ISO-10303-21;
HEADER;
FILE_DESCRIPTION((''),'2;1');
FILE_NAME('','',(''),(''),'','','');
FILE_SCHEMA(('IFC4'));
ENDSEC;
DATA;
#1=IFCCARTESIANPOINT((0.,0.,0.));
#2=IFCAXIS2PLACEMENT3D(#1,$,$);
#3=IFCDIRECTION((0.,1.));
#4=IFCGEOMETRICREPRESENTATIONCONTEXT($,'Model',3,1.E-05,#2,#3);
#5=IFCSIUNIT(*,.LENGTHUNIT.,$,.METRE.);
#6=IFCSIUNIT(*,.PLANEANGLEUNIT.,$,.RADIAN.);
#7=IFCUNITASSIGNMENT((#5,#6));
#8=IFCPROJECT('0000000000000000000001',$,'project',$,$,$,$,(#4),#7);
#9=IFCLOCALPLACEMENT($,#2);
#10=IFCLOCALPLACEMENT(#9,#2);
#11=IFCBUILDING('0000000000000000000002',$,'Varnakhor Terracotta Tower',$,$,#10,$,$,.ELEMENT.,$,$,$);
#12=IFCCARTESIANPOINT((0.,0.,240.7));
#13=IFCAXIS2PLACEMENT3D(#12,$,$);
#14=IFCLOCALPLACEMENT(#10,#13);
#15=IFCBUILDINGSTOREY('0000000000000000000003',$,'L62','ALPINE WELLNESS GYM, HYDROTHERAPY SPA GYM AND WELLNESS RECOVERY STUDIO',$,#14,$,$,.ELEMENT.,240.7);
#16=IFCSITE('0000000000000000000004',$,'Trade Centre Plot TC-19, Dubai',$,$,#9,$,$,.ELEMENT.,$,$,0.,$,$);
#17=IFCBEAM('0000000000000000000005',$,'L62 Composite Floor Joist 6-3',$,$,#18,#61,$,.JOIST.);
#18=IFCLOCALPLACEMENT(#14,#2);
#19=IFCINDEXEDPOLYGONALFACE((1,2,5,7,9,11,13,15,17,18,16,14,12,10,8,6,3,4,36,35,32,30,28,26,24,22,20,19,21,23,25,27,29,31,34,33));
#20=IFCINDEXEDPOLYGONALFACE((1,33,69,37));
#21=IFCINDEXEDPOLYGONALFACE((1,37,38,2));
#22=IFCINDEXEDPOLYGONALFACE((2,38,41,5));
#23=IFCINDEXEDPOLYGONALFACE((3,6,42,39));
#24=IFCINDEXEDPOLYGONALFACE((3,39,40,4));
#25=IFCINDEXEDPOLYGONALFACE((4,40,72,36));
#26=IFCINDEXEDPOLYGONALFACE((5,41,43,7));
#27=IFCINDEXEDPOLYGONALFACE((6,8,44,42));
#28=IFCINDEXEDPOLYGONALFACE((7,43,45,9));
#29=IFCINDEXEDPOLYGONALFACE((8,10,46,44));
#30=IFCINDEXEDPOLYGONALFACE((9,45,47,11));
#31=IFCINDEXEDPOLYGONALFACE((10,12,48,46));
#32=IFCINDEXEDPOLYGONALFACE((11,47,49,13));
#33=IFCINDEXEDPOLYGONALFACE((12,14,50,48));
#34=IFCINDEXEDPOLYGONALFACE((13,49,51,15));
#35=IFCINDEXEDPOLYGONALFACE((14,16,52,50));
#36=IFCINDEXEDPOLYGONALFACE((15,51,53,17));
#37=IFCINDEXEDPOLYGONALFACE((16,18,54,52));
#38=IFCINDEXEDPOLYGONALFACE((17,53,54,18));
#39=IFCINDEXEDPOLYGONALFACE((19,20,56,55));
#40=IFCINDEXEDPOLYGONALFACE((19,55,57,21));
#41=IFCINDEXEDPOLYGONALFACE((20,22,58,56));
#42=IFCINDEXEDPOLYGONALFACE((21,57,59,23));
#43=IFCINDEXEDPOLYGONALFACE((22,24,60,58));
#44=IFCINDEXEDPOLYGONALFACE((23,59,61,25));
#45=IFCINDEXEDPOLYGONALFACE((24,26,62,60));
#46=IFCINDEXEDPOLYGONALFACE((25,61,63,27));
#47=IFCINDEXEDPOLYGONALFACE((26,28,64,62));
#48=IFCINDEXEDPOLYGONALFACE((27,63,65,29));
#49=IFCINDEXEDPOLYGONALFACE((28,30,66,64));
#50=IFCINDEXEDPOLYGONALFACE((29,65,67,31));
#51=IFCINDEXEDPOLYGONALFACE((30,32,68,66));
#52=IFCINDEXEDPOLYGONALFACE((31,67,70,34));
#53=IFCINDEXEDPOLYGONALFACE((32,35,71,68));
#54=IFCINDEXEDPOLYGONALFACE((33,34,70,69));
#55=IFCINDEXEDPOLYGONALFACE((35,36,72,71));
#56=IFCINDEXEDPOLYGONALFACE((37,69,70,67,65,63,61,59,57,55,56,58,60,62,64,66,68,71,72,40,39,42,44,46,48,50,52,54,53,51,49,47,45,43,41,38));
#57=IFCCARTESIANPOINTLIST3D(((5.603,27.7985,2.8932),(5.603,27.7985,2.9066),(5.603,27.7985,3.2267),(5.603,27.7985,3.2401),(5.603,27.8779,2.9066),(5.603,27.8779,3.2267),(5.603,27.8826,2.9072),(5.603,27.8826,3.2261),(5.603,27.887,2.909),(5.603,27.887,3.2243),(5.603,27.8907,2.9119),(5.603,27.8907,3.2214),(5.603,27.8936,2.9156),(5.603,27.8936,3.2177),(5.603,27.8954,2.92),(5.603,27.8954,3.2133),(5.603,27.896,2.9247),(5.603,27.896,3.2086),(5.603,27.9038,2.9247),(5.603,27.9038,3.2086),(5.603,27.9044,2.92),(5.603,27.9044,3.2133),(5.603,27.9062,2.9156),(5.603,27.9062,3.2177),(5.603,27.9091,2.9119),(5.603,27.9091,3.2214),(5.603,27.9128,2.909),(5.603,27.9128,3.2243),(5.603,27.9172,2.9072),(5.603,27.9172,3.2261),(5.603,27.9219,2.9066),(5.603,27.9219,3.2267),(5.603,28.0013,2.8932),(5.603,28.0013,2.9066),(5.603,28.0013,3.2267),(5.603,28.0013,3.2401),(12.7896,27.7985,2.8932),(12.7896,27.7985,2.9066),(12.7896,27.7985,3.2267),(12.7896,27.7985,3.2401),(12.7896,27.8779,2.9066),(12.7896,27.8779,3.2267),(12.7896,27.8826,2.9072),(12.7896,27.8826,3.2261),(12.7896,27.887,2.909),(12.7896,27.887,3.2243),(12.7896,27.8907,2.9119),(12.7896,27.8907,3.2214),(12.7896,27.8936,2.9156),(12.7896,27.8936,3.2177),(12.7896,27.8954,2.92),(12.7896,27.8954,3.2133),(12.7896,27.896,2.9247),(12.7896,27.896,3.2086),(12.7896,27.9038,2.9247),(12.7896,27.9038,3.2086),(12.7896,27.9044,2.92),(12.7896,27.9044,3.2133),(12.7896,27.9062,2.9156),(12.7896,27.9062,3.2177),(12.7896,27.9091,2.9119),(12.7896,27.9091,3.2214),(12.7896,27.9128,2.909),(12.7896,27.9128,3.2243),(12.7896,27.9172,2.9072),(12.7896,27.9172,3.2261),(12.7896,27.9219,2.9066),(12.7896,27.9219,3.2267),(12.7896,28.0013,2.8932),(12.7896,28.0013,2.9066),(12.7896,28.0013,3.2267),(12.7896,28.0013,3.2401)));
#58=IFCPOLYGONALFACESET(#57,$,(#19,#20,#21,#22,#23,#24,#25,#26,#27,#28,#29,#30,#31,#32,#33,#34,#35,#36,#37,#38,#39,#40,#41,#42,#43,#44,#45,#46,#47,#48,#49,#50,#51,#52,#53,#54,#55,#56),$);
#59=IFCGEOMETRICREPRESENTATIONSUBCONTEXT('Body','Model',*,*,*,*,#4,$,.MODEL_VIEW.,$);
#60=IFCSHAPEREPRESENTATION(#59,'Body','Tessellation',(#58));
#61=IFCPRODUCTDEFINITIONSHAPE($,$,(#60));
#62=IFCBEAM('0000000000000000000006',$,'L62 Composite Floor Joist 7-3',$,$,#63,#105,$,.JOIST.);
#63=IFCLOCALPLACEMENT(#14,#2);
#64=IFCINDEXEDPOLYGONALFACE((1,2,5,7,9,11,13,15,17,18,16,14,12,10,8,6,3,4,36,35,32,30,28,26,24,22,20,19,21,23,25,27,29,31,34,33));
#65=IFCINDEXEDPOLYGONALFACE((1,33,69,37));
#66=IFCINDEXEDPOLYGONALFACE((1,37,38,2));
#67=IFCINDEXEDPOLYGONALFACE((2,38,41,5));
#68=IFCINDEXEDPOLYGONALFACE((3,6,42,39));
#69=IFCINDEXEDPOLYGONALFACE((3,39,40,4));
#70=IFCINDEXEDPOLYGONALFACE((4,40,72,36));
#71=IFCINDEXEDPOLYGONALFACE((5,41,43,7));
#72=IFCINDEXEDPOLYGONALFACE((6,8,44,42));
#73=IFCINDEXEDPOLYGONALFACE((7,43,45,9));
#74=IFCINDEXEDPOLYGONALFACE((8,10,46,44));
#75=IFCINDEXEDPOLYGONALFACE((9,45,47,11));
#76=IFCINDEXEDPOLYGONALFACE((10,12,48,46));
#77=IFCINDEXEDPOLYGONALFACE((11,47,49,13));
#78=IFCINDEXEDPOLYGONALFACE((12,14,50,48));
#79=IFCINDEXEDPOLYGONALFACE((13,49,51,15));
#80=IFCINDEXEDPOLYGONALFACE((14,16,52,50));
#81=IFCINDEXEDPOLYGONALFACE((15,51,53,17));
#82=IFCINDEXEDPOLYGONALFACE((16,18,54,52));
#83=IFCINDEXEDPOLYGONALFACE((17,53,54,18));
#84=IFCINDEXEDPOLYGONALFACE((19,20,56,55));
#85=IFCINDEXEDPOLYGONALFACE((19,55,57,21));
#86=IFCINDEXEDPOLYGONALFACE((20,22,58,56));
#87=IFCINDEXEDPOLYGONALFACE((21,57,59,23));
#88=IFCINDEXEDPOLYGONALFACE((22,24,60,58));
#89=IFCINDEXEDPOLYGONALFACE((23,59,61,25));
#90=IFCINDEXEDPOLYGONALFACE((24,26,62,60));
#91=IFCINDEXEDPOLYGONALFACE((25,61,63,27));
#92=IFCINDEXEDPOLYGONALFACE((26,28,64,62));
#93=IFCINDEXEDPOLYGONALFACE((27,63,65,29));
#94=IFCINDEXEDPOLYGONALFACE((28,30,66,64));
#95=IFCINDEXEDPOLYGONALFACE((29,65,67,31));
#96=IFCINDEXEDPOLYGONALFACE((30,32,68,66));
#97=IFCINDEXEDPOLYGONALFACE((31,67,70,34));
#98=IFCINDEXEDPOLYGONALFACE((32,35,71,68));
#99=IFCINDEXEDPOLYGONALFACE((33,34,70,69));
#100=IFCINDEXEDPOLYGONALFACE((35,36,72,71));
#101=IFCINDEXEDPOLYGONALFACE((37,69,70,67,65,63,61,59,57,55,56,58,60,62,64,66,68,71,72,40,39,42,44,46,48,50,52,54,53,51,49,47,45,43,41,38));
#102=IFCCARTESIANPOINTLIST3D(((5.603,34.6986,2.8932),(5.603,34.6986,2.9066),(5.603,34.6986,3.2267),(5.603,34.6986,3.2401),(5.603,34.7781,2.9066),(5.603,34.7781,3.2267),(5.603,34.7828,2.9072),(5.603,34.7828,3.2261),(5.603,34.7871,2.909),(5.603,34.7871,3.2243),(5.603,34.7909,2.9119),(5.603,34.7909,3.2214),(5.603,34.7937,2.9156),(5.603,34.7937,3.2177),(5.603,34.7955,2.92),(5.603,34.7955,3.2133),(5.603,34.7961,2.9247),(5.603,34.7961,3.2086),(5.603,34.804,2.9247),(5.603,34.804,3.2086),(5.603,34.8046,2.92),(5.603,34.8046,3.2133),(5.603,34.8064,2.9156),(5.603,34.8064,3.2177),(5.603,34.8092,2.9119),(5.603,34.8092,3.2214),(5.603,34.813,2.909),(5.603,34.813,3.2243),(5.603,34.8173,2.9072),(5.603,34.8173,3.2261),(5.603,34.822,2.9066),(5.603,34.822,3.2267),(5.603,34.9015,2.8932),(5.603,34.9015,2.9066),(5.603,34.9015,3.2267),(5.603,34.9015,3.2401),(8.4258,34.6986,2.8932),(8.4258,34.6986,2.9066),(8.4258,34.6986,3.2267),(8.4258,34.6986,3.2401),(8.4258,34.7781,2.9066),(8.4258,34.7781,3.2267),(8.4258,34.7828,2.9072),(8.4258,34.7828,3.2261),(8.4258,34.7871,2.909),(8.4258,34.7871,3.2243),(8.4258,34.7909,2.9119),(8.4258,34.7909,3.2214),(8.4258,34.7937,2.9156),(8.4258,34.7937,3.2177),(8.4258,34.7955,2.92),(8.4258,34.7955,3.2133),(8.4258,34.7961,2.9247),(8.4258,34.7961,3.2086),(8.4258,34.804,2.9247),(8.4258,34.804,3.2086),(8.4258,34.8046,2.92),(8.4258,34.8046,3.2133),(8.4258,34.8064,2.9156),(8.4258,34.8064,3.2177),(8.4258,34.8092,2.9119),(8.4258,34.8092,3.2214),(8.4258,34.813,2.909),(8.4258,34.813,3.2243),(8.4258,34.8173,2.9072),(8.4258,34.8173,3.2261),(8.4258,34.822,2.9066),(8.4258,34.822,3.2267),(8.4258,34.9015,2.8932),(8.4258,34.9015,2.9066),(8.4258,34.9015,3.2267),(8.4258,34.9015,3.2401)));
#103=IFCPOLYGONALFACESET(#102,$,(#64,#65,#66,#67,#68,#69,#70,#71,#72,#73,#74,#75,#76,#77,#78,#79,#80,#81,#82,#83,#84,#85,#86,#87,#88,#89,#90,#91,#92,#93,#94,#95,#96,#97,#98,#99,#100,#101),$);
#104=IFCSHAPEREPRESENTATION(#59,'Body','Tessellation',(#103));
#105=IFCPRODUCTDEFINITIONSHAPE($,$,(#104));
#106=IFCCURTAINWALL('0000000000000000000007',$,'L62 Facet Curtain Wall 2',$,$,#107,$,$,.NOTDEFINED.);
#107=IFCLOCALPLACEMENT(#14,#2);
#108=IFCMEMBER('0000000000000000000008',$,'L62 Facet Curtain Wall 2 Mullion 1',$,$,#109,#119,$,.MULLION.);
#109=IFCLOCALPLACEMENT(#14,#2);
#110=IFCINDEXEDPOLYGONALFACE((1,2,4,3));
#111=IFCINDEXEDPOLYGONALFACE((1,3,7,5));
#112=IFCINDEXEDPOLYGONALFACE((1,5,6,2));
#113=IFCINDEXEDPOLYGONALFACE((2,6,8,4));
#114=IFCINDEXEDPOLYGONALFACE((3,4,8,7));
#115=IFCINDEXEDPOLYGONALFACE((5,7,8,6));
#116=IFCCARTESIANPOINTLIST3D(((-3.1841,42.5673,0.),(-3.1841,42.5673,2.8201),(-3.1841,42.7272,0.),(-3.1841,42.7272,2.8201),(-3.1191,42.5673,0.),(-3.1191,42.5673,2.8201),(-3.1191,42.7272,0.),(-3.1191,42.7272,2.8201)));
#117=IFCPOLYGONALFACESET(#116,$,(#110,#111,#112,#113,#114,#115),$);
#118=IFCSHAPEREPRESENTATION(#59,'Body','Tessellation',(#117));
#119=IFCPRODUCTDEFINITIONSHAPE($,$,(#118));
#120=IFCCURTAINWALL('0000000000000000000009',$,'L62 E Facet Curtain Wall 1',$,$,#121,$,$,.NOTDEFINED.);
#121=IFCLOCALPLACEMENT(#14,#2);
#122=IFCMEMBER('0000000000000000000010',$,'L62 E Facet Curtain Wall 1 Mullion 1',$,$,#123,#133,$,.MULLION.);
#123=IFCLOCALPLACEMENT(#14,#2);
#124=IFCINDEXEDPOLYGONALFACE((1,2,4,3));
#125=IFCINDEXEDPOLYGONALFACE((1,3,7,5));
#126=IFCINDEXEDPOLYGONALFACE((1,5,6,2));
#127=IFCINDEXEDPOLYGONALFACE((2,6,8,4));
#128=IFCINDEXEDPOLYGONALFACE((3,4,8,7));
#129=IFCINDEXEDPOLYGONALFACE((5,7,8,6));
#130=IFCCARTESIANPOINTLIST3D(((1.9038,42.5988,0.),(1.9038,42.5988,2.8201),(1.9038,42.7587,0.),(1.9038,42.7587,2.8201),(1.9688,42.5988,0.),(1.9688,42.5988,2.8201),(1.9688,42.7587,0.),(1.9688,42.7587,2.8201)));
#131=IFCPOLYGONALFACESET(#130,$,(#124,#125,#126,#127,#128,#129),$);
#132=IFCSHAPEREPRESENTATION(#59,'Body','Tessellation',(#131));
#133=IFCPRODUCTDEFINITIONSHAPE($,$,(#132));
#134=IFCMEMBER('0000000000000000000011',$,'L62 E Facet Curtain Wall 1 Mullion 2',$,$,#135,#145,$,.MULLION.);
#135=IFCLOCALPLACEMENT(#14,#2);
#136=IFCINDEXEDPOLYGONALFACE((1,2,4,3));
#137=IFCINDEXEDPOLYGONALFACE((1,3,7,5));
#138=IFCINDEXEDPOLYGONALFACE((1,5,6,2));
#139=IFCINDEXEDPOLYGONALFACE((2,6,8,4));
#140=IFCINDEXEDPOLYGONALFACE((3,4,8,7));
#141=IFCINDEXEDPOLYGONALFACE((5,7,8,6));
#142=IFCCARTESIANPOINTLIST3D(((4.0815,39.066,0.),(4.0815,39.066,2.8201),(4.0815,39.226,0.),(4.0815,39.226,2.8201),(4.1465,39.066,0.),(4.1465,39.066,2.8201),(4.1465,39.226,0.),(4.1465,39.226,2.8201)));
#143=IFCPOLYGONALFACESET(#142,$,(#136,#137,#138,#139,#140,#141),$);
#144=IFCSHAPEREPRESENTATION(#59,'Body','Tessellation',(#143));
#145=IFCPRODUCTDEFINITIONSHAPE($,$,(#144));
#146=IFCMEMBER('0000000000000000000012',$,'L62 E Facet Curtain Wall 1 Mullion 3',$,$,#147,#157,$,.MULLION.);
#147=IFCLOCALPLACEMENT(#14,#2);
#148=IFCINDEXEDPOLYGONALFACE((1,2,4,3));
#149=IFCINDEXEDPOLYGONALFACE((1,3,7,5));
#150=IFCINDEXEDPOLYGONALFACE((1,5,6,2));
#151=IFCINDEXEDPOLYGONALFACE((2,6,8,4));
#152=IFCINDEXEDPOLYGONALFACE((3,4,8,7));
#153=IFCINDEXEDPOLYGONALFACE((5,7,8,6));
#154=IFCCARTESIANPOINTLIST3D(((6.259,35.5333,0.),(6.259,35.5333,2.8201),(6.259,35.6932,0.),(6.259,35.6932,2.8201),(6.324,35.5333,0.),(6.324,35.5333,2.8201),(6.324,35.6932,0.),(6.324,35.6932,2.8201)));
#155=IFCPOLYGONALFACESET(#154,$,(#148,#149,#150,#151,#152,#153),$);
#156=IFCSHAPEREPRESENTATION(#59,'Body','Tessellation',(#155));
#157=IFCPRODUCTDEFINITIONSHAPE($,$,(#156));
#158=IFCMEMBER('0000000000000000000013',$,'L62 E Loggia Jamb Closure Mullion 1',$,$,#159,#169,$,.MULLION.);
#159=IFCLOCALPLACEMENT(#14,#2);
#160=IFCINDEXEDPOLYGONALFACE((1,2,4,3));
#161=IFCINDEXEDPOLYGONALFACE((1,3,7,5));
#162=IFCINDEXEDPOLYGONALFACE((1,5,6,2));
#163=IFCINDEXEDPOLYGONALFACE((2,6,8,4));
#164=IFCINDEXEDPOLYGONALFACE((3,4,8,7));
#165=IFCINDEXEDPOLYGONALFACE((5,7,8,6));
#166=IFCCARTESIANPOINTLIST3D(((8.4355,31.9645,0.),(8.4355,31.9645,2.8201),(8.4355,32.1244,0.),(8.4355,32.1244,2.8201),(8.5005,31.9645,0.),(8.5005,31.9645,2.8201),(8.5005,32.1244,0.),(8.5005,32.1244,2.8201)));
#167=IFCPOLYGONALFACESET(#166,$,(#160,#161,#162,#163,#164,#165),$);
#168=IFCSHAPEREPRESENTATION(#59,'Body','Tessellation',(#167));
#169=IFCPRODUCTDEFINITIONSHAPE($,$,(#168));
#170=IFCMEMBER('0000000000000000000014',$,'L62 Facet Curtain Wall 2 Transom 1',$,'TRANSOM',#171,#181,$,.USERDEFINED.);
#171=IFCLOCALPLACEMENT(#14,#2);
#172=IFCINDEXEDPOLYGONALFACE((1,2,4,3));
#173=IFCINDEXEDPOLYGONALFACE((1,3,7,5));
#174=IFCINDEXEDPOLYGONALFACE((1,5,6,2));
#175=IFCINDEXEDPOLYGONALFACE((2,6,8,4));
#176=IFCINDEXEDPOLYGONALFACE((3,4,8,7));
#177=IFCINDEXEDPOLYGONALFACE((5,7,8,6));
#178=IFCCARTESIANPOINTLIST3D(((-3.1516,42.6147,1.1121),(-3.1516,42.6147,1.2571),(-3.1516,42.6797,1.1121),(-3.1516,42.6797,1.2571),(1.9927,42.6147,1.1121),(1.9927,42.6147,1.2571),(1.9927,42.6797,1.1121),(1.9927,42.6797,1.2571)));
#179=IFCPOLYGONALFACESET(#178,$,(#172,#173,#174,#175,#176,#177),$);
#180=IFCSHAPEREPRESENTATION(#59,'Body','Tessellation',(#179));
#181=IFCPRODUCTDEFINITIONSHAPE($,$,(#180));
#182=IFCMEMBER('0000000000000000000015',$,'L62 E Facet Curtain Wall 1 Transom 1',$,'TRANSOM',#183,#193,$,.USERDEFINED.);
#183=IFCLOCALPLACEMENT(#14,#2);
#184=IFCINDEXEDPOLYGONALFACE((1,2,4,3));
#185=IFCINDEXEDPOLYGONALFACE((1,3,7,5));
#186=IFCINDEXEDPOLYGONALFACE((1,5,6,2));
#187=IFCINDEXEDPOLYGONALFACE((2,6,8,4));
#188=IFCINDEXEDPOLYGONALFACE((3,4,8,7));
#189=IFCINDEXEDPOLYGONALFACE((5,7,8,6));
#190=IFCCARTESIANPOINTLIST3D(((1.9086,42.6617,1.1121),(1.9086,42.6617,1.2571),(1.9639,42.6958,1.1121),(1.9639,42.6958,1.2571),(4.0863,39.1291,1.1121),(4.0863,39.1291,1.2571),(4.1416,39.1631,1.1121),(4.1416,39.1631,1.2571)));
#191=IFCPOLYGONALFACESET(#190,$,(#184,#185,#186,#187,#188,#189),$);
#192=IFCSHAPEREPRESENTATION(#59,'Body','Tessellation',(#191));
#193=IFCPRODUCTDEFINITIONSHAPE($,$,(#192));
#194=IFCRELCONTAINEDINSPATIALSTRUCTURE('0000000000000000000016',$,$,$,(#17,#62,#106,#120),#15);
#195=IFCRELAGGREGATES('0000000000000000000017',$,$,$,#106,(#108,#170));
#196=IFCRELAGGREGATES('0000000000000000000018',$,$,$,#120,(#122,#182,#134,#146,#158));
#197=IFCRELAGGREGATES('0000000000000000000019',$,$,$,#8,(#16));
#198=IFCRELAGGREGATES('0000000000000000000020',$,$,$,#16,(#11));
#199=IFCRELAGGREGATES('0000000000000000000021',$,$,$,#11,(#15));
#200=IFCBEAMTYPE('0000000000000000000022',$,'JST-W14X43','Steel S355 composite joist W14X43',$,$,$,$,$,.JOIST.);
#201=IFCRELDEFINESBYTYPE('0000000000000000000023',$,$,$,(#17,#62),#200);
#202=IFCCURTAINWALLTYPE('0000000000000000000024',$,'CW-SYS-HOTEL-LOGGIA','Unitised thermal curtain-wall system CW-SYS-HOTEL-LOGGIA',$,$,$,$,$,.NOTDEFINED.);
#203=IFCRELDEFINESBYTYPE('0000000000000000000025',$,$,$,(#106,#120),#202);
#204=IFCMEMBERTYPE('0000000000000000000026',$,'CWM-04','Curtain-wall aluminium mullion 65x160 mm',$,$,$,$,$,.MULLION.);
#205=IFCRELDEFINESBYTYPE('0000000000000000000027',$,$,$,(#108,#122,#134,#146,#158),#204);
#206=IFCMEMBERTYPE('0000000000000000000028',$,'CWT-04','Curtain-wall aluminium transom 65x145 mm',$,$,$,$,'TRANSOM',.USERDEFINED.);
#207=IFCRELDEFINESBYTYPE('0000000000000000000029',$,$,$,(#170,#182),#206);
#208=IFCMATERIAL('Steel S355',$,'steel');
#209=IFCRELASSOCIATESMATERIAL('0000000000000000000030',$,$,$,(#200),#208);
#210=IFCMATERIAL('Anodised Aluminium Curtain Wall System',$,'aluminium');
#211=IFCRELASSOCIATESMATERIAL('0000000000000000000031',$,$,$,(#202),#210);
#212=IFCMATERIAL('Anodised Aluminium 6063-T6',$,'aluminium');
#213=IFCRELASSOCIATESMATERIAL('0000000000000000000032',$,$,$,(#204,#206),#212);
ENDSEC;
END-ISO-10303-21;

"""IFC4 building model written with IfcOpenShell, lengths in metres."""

from ifc_helpers import new_model, si_unit, direction, frame, origin, origin_2d, place, context, subcontext, project, spatial, rectangle, i_section, extrude, source, transform, mapped, material, material_profile, profile_set, type_object, type_shapes, element, aggregate, save


model = new_model("IFC4")

# Units and contexts
model_context = context("Model", 3, precision=1e-05, world=origin(), true_north=direction((0.0, 1.0)))
body_context = subcontext(model_context, "Body", "Model", "MODEL_VIEW")
ifc_project = project(units=[si_unit("LENGTHUNIT", "METRE"), si_unit("PLANEANGLEUNIT", "RADIAN")], contexts=[model_context])

# Site, building, storey
site_placement = place(None, origin())
site = spatial("IfcSite", under=ifc_project, at=site_placement, Name="Trade Centre Plot TC-19, Dubai", CompositionType="ELEMENT", RefElevation=0.0)
building_placement = place(site_placement, origin())
building = spatial("IfcBuilding", under=site, at=building_placement, Name="Varnakhor Terracotta Tower", CompositionType="ELEMENT")
storey_placement = place(building_placement, frame((0.0, 0.0, 240.7)))
storey = spatial("IfcBuildingStorey", under=building, at=storey_placement, Name="L62", Description="ALPINE WELLNESS GYM, HYDROTHERAPY SPA GYM AND WELLNESS RECOVERY STUDIO", CompositionType="ELEMENT", Elevation=240.7)

# Beams
ifc_material_1 = material(Name="Steel S355", Category="steel")
ifc_material_profile_1 = material_profile(ifc_material_1, i_section(OverallWidth=0.2029, OverallDepth=0.3469, WebThickness=0.0078, FlangeThickness=0.0134, FilletRadius=0.0181, at=origin_2d()), Name="W14X43")
ifc_profile_set_1 = profile_set([ifc_material_profile_1], Name="Steel S355")
beam_type_1 = type_object("IfcBeamType", Name="JST-W14X43", Description="Steel S355 composite joist W14X43", PredefinedType="JOIST", material=ifc_profile_set_1)
shared_shape_1 = source(origin(), body_context, "Body", "SweptSolid", [
    extrude(i_section(OverallWidth=0.2029, OverallDepth=0.3469, WebThickness=0.0078, FlangeThickness=0.0134, FilletRadius=0.0181, at=origin_2d()), origin(), (0.0, 0.0, 1.0), 7.1865),
])
beam_1_placement = place(storey_placement, frame((5.603, 27.8999, 3.0667), z_axis=(1.0, 0.0, 0.0), x_axis=(0.0, 1.0, 0.0)))
element("IfcBeam", 1, at=beam_1_placement, inside=storey, type_object=beam_type_1, Name="L62 Composite Floor Joist 6-3", PredefinedType="JOIST", context=body_context, shape_type="MappedRepresentation", body=[
    mapped(shared_shape_1, transform((0.0, 0.0, 0.0), scale=1.0)),
])
shared_shape_2 = source(origin(), body_context, "Body", "SweptSolid", [
    extrude(i_section(OverallWidth=0.2029, OverallDepth=0.3469, WebThickness=0.0078, FlangeThickness=0.0134, FilletRadius=0.0181, at=origin_2d()), origin(), (0.0, 0.0, 1.0), 2.8228),
])
beam_2_placement = place(storey_placement, frame((5.603, 34.8, 3.0667), z_axis=(1.0, 0.0, 0.0), x_axis=(0.0, 1.0, 0.0)))
element("IfcBeam", 2, at=beam_2_placement, inside=storey, type_object=beam_type_1, Name="L62 Composite Floor Joist 7-3", PredefinedType="JOIST", context=body_context, shape_type="MappedRepresentation", body=[
    mapped(shared_shape_2, transform((0.0, 0.0, 0.0), scale=1.0)),
])

# Curtain wall, member
ifc_material_2 = material(Name="Anodised Aluminium Curtain Wall System", Category="aluminium")
curtain_wall_type = type_object("IfcCurtainWallType", Name="CW-SYS-HOTEL-LOGGIA", Description="Unitised thermal curtain-wall system CW-SYS-HOTEL-LOGGIA", PredefinedType="NOTDEFINED", material=ifc_material_2)
curtain_wall_1_placement = place(storey_placement, origin())
curtain_wall_1 = element("IfcCurtainWall", 3, at=curtain_wall_1_placement, inside=storey, type_object=curtain_wall_type, Name="L62 Facet Curtain Wall 2", PredefinedType="NOTDEFINED")
ifc_material_3 = material(Name="Anodised Aluminium 6063-T6", Category="aluminium")
ifc_material_profile_2 = material_profile(ifc_material_3, rectangle(XDim=0.0649, YDim=0.1599, at=origin_2d()), Name="ALU MULLION 65x160")
ifc_profile_set_2 = profile_set([ifc_material_profile_2], Name="Anodised Aluminium 6063-T6")
member_type_1 = type_object("IfcMemberType", Name="CWM-04", Description="Curtain-wall aluminium mullion 65x160 mm", PredefinedType="MULLION", material=ifc_profile_set_2)
shared_shape_3 = source(origin(), body_context, "Body", "SweptSolid", [
    extrude(rectangle(XDim=0.0649, YDim=0.1599, at=origin_2d()), origin(), (0.0, 0.0, 1.0), 2.8201),
])
type_shapes(member_type_1, [shared_shape_3])
member_1_placement = place(storey_placement, frame((-3.1516, 42.6472, 0.0), z_axis=(0.0, 0.0, 1.0), x_axis=(1.0, 0.0, 0.0)))
member_1 = element("IfcMember", 4, at=member_1_placement, type_object=member_type_1, Name="L62 Facet Curtain Wall 2 Mullion 1", PredefinedType="MULLION", context=body_context, shape_type="MappedRepresentation", body=[
    mapped(shared_shape_3, transform((0.0, 0.0, 0.0), scale=1.0)),
])

# Curtain wall, members
curtain_wall_2_placement = place(storey_placement, origin())
curtain_wall_2 = element("IfcCurtainWall", 5, at=curtain_wall_2_placement, inside=storey, type_object=curtain_wall_type, Name="L62 E Facet Curtain Wall 1", PredefinedType="NOTDEFINED")
member_2_placement = place(storey_placement, frame((1.9363, 42.6787, 0.0), z_axis=(0.0, 0.0, 1.0), x_axis=(1.0, 0.0, 0.0)))
member_2 = element("IfcMember", 6, at=member_2_placement, type_object=member_type_1, Name="L62 E Facet Curtain Wall 1 Mullion 1", PredefinedType="MULLION", context=body_context, shape_type="MappedRepresentation", body=[
    mapped(shared_shape_3, transform((0.0, 0.0, 0.0), scale=1.0)),
])
member_3_placement = place(storey_placement, frame((4.114, 39.146, 0.0), z_axis=(0.0, 0.0, 1.0), x_axis=(1.0, 0.0, 0.0)))
member_3 = element("IfcMember", 7, at=member_3_placement, type_object=member_type_1, Name="L62 E Facet Curtain Wall 1 Mullion 2", PredefinedType="MULLION", context=body_context, shape_type="MappedRepresentation", body=[
    mapped(shared_shape_3, transform((0.0, 0.0, 0.0), scale=1.0)),
])
member_4_placement = place(storey_placement, frame((6.2915, 35.6133, 0.0), z_axis=(0.0, 0.0, 1.0), x_axis=(1.0, 0.0, 0.0)))
member_4 = element("IfcMember", 8, at=member_4_placement, type_object=member_type_1, Name="L62 E Facet Curtain Wall 1 Mullion 3", PredefinedType="MULLION", context=body_context, shape_type="MappedRepresentation", body=[
    mapped(shared_shape_3, transform((0.0, 0.0, 0.0), scale=1.0)),
])
member_5_placement = place(storey_placement, frame((8.468, 32.0444, 0.0), z_axis=(0.0, 0.0, 1.0), x_axis=(1.0, 0.0, 0.0)))
member_5 = element("IfcMember", 9, at=member_5_placement, type_object=member_type_1, Name="L62 E Loggia Jamb Closure Mullion 1", PredefinedType="MULLION", context=body_context, shape_type="MappedRepresentation", body=[
    mapped(shared_shape_3, transform((0.0, 0.0, 0.0), scale=1.0)),
])

# Members
ifc_material_profile_3 = material_profile(ifc_material_3, rectangle(XDim=0.0649, YDim=0.145, at=origin_2d()), Name="ALU TRANSOM 65x145")
ifc_profile_set_3 = profile_set([ifc_material_profile_3], Name="Anodised Aluminium 6063-T6")
member_type_2 = type_object("IfcMemberType", Name="CWT-04", Description="Curtain-wall aluminium transom 65x145 mm", ElementType="TRANSOM", PredefinedType="USERDEFINED", material=ifc_profile_set_3)
shared_shape_4 = source(origin(), body_context, "Body", "SweptSolid", [
    extrude(rectangle(XDim=0.0649, YDim=0.145, at=origin_2d()), origin(), (0.0, 0.0, 1.0), 5.1443),
])
member_6_placement = place(storey_placement, frame((-3.1516, 42.6472, 1.1846), z_axis=(1.0, 0.0, 0.0), x_axis=(0.0, 1.0, 0.0)))
member_6 = element("IfcMember", 10, at=member_6_placement, type_object=member_type_2, Name="L62 Facet Curtain Wall 2 Transom 1", ObjectType="TRANSOM", PredefinedType="USERDEFINED", context=body_context, shape_type="MappedRepresentation", body=[
    mapped(shared_shape_4, transform((0.0, 0.0, 0.0), scale=1.0)),
])
shared_shape_5 = source(origin(), body_context, "Body", "SweptSolid", [
    extrude(rectangle(XDim=0.0649, YDim=0.145, at=origin_2d()), origin(), (0.0, 0.0, 1.0), 4.1499),
])
member_7_placement = place(storey_placement, frame((1.9363, 42.6787, 1.1846), z_axis=(0.524754, -0.851254, 0.0), x_axis=(0.851254, 0.524754, 0.0)))
member_7 = element("IfcMember", 11, at=member_7_placement, type_object=member_type_2, Name="L62 E Facet Curtain Wall 1 Transom 1", ObjectType="TRANSOM", PredefinedType="USERDEFINED", context=body_context, shape_type="MappedRepresentation", body=[
    mapped(shared_shape_5, transform((0.0, 0.0, 0.0), scale=1.0)),
])

aggregate(curtain_wall_1, [member_1, member_6])
aggregate(curtain_wall_2, [member_2, member_7, member_3, member_4, member_5])

save(model, "model.ifc")
